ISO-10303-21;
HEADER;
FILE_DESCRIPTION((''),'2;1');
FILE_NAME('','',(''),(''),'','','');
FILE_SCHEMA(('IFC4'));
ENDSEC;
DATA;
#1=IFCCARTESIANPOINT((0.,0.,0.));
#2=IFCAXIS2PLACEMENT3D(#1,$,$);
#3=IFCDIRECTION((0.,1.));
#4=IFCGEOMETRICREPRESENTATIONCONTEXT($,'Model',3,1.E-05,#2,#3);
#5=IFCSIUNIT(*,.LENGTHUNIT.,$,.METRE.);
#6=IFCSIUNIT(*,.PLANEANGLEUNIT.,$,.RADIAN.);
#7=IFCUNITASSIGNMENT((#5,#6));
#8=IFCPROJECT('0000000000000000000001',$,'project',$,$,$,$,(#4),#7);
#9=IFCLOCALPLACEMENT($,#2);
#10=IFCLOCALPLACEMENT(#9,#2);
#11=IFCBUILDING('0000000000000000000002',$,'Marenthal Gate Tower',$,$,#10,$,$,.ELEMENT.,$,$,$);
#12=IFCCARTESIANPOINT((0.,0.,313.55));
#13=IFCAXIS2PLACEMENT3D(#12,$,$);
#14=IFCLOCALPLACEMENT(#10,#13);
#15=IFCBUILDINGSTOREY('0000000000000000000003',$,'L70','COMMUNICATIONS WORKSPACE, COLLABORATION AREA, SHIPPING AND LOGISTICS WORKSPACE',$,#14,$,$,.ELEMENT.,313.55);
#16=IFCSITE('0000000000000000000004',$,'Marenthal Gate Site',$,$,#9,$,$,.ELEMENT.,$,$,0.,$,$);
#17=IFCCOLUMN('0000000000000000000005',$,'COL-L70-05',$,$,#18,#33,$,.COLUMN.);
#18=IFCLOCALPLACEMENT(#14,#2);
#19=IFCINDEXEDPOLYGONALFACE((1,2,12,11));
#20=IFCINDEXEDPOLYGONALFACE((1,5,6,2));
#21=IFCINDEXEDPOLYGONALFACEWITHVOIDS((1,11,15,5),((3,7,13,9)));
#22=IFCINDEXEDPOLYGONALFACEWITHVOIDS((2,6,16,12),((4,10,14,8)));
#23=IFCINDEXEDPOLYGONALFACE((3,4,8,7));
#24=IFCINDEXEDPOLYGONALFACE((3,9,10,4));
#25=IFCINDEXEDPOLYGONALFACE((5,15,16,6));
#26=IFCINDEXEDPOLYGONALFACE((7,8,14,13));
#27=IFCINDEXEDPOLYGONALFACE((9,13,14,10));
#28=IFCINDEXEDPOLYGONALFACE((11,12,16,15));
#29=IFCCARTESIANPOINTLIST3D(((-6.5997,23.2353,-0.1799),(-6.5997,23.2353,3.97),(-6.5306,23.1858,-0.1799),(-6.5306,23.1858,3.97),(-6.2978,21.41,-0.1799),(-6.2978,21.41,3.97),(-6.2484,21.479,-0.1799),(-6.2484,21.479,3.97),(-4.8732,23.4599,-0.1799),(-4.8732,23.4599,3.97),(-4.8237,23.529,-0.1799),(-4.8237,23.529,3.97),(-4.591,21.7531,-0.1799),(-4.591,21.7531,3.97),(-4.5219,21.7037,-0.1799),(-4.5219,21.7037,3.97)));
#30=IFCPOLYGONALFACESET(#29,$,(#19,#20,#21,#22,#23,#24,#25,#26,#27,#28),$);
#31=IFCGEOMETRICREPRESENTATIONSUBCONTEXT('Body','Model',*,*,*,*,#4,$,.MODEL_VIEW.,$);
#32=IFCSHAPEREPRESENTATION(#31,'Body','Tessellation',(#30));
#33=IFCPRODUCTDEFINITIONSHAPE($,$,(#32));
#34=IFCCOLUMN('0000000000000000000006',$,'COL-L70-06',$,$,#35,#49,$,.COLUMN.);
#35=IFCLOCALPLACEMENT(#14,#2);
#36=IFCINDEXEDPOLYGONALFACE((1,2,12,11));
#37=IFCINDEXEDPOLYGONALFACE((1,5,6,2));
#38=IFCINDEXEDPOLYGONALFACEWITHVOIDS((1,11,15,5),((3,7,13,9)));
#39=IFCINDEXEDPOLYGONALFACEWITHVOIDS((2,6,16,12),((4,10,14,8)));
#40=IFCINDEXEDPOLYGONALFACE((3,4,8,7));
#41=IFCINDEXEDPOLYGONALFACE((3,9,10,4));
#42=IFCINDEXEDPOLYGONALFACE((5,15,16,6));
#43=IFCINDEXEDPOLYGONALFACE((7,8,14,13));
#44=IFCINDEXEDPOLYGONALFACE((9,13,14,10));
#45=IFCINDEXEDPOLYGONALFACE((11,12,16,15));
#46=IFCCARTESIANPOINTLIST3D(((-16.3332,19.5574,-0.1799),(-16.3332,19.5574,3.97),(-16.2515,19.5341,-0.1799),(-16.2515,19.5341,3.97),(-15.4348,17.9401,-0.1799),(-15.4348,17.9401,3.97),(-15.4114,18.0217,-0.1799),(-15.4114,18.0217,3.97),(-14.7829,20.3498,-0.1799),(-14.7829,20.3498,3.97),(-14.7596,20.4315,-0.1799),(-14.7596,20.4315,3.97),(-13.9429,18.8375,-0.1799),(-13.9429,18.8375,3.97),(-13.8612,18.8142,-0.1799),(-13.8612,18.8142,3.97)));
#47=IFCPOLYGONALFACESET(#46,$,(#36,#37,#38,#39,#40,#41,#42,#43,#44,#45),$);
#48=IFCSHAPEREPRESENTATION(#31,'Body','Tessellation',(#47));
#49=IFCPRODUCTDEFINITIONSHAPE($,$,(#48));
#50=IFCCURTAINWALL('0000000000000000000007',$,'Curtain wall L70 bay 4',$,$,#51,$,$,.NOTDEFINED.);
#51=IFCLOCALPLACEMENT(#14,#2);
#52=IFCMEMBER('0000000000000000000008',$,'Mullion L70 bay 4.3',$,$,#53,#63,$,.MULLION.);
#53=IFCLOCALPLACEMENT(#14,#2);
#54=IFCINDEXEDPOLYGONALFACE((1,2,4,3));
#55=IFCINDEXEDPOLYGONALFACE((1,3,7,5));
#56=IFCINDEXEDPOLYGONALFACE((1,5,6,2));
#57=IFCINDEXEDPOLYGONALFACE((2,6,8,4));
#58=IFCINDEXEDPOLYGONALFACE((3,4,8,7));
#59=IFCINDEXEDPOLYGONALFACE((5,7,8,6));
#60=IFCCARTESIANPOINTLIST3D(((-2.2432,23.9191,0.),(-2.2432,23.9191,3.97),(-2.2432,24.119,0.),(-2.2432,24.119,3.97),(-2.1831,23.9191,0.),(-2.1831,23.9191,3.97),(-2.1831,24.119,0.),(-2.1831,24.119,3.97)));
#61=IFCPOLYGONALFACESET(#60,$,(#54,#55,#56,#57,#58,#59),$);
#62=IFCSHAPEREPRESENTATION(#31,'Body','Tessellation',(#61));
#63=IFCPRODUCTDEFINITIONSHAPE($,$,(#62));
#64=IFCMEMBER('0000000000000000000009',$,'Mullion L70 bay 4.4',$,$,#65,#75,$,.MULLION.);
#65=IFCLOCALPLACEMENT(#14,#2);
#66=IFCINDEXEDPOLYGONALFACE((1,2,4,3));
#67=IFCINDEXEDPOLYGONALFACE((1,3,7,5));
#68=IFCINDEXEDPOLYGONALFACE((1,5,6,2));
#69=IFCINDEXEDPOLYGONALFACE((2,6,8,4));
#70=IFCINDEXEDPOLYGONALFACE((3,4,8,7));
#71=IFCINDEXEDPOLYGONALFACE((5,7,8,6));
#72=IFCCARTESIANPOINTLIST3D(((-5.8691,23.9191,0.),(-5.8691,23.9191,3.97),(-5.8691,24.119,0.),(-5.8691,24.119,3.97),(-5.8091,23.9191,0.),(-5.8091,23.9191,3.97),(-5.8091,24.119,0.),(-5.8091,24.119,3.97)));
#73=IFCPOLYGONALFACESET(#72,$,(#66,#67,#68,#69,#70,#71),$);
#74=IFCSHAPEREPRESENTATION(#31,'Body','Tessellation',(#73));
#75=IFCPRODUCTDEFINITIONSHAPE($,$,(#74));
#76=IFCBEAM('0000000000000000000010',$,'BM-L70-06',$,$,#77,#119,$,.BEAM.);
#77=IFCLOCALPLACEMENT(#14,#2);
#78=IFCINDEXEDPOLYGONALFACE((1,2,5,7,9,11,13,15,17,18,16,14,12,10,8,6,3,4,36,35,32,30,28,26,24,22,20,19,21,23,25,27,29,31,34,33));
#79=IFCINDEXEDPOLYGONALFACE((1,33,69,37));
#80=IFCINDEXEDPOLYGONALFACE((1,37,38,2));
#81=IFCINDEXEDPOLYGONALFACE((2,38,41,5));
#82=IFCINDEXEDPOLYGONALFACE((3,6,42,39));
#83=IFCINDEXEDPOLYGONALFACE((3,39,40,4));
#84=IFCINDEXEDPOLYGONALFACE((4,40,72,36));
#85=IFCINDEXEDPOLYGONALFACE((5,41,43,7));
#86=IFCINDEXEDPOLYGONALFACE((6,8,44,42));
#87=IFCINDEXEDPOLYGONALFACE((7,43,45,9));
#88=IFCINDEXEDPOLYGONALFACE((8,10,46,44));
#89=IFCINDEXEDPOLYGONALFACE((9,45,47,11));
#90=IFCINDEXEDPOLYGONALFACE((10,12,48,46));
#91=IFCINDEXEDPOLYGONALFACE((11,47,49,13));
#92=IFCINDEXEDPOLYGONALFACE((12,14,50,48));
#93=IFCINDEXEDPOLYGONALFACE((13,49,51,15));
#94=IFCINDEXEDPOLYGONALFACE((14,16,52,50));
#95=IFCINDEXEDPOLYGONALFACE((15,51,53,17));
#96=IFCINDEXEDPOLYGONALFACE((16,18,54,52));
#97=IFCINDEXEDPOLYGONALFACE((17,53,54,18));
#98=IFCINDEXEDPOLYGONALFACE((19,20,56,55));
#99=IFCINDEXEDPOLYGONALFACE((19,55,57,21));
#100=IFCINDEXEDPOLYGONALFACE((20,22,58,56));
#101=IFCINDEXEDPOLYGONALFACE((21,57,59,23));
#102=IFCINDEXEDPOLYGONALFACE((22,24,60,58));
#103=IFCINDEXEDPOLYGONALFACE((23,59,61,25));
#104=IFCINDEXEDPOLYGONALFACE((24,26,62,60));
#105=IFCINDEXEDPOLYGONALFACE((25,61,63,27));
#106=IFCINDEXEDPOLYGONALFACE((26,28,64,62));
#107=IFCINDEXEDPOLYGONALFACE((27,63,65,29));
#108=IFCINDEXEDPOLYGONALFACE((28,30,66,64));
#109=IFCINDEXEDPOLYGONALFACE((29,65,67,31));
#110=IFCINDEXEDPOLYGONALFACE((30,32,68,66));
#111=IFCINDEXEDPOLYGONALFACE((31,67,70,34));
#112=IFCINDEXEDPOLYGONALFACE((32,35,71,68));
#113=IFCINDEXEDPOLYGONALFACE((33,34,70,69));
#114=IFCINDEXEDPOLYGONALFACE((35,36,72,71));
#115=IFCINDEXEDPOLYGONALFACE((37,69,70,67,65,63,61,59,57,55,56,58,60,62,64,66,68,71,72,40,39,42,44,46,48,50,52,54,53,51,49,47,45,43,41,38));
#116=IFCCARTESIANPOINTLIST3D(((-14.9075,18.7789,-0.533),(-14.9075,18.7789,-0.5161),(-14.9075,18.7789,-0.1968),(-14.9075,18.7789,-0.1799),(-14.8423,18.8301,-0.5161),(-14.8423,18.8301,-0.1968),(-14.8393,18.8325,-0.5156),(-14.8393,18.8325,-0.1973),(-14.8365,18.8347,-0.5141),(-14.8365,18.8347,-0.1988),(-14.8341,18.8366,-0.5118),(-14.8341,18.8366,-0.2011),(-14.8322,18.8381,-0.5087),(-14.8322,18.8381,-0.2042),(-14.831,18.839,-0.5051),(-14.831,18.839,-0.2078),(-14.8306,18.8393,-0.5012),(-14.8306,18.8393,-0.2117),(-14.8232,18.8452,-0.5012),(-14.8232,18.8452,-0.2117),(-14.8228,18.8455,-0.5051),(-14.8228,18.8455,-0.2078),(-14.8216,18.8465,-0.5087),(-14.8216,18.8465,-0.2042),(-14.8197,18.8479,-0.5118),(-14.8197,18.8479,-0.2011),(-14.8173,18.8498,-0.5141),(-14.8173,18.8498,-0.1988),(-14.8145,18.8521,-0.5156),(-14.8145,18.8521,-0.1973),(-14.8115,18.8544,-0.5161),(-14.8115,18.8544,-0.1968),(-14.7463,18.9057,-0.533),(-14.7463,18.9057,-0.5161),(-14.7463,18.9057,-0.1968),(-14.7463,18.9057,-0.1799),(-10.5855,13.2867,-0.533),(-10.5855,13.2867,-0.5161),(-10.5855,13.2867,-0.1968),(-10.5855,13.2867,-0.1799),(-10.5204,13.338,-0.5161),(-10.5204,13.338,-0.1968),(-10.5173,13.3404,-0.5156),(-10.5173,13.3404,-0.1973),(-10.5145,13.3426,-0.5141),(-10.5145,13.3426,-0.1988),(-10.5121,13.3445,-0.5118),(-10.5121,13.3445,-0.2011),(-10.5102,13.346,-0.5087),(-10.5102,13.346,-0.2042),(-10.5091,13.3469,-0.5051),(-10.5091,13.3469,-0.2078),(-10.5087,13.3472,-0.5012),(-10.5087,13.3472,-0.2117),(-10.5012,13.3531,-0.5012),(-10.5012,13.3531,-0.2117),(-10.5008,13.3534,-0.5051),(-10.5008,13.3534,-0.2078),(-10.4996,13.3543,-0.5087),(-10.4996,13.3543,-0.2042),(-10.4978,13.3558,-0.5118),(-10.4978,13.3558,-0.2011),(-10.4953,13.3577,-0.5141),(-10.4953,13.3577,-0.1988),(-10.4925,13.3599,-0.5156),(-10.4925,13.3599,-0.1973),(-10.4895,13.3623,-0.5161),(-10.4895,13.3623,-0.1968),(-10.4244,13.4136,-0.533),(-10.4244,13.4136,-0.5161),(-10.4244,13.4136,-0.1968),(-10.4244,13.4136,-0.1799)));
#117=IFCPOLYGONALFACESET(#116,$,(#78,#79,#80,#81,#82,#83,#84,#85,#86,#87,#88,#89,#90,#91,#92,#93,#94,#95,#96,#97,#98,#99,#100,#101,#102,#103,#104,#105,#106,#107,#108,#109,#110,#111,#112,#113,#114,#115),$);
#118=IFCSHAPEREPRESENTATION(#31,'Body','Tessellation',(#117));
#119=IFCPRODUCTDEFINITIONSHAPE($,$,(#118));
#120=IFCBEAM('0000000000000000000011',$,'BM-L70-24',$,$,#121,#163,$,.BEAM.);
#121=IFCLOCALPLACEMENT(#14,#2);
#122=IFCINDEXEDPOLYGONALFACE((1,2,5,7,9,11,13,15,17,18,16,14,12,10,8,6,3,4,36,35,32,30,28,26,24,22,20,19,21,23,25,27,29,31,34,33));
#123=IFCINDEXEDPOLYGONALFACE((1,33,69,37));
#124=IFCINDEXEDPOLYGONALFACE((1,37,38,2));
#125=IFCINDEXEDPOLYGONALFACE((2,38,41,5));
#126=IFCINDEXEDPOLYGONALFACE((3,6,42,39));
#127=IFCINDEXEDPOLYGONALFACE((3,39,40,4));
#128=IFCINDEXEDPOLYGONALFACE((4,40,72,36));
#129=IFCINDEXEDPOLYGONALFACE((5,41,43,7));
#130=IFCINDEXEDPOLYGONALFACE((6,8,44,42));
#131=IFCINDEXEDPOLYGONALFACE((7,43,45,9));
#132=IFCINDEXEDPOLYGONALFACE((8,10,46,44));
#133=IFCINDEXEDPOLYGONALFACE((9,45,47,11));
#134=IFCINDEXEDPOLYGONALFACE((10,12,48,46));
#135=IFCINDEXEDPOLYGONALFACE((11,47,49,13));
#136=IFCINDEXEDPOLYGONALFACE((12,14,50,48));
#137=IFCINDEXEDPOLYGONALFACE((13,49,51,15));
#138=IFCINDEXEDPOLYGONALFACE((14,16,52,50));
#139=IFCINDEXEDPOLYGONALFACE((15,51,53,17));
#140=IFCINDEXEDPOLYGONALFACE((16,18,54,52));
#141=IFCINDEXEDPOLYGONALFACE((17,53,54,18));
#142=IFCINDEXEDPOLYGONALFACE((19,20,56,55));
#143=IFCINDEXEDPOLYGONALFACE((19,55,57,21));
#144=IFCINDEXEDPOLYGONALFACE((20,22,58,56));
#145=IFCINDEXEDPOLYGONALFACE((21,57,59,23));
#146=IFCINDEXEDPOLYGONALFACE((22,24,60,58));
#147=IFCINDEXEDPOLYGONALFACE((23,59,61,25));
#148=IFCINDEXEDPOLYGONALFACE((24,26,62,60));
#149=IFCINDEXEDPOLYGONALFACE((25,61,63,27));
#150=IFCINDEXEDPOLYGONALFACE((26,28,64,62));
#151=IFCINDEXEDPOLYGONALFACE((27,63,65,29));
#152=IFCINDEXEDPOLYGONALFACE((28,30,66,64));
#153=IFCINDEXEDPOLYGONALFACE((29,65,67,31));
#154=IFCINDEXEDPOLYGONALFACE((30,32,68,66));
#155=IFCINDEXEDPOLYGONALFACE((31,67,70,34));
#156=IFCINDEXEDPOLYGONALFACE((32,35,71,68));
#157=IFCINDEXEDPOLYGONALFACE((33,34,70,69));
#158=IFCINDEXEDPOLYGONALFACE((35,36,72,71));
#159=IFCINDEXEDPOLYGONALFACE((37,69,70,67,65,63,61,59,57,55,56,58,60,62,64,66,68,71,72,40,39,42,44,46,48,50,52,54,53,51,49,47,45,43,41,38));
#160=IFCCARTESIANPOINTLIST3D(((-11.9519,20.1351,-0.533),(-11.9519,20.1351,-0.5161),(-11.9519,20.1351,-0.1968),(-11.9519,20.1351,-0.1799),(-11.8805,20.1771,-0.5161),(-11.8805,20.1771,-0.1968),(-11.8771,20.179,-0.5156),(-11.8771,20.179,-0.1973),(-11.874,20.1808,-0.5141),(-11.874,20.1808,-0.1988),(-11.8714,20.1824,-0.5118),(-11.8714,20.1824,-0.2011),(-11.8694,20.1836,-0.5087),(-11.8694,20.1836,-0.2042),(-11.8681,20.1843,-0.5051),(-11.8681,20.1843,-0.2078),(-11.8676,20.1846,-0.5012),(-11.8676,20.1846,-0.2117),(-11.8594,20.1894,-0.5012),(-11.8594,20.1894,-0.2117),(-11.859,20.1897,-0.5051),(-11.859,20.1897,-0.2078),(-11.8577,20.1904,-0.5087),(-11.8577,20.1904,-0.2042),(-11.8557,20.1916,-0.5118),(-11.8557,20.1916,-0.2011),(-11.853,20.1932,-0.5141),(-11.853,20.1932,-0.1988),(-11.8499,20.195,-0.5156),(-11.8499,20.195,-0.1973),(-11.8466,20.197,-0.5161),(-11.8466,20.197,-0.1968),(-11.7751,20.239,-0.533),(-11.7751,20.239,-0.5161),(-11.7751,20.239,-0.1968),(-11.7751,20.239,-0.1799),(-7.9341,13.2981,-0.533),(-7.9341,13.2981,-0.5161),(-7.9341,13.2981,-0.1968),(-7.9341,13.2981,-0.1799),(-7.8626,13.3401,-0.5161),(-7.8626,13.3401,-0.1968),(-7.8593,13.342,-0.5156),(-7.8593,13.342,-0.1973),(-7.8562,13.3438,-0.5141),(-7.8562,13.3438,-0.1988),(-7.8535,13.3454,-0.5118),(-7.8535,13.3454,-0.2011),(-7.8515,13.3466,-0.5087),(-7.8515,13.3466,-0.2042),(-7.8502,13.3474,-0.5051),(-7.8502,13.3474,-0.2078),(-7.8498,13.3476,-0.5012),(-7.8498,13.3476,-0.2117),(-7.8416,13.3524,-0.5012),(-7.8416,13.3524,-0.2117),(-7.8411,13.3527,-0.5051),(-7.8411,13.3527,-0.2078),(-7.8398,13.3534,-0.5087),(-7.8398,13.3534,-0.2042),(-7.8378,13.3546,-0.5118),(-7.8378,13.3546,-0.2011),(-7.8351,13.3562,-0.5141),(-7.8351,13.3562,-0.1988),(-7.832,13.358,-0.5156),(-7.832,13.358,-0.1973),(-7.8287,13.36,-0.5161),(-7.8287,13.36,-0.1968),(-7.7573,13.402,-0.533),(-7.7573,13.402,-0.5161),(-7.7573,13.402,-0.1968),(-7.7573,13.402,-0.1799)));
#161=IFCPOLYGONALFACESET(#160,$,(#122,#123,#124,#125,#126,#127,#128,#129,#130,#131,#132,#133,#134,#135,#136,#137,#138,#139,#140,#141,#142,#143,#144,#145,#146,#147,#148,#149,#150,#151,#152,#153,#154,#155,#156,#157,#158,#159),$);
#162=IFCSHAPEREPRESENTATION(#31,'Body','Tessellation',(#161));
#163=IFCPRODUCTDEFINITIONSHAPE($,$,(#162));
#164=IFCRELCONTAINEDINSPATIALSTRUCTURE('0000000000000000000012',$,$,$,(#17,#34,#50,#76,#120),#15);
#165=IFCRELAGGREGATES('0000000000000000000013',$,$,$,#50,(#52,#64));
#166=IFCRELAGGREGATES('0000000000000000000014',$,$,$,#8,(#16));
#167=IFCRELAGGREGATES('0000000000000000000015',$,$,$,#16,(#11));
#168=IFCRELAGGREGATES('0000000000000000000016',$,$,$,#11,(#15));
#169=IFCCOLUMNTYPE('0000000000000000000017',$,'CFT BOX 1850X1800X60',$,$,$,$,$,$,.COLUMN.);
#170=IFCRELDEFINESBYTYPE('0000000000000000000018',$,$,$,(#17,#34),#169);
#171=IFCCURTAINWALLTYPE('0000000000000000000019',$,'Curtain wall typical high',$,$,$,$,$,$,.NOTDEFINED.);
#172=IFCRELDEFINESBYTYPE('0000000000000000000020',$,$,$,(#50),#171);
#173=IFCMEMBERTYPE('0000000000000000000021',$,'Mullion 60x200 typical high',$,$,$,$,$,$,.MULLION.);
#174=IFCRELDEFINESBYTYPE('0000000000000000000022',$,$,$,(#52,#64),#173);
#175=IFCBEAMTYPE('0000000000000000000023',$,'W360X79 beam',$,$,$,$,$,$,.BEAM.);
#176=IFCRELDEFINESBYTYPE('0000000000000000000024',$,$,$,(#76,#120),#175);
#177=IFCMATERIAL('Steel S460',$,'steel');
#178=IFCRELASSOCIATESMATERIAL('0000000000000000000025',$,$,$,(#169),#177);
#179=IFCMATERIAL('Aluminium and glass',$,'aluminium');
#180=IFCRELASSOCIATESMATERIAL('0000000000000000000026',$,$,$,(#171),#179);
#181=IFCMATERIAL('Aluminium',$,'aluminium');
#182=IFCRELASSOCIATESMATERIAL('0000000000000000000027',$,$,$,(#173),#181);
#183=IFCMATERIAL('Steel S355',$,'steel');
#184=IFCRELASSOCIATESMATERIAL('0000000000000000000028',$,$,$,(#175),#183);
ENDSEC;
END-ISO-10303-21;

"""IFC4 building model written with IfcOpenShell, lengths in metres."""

from ifc_helpers import new_model, si_unit, direction, frame, origin, origin_2d, place, context, subcontext, project, spatial, rectangle, hollow_rectangle, i_section, extrude, material, material_profile, profile_set, type_object, element, aggregate, save


model = new_model("IFC4")

# Units and contexts
model_context = context("Model", 3, precision=1e-05, world=origin(), true_north=direction((0.0, 1.0)))
body_context = subcontext(model_context, "Body", "Model", "MODEL_VIEW")
ifc_project = project(units=[si_unit("LENGTHUNIT", "METRE"), si_unit("PLANEANGLEUNIT", "RADIAN")], contexts=[model_context])

# Site, building, storey
site_placement = place(None, origin())
site = spatial("IfcSite", under=ifc_project, at=site_placement, Name="Marenthal Gate Site", CompositionType="ELEMENT", RefElevation=0.0)
building_placement = place(site_placement, origin())
building = spatial("IfcBuilding", under=site, at=building_placement, Name="Marenthal Gate Tower", CompositionType="ELEMENT")
storey_placement = place(building_placement, frame((0.0, 0.0, 313.55)))
storey = spatial("IfcBuildingStorey", under=building, at=storey_placement, Name="L70", Description="COMMUNICATIONS WORKSPACE, COLLABORATION AREA, SHIPPING AND LOGISTICS WORKSPACE", CompositionType="ELEMENT", Elevation=313.55)

# Columns
ifc_material_1 = material(Name="Steel S460", Category="steel")
ifc_material_profile_1 = material_profile(ifc_material_1, hollow_rectangle(XDim=1.8, YDim=1.8501, WallThickness=0.0601, at=origin_2d()), Name="CFT BOX 1850X1800X60")
ifc_material_2 = material(Name="Concrete 70 MPa", Category="concrete")
ifc_material_profile_2 = material_profile(ifc_material_2, rectangle(XDim=1.6799, YDim=1.73, at=origin_2d()), Name="CFT BOX 1850X1800X60 INFILL")
ifc_profile_set_1 = profile_set([ifc_material_profile_1, ifc_material_profile_2], Name="Steel S460 shell, Concrete 70 MPa infill")
column_type = type_object("IfcColumnType", Name="CFT BOX 1850X1800X60", PredefinedType="COLUMN", material=ifc_profile_set_1)
for number, where, z_axis, x_axis, name in (
    (1, (-5.5608, 22.4695, -0.1799), (0.0, 0.0, 1.0), (0.986602, 0.163147, 0.0), "COL-L70-05"),
    (2, (-15.0972, 19.1858, -0.1799), (0.0, 0.0, 1.0), (0.874186, 0.485591, 0.0), "COL-L70-06"),
):
    element("IfcColumn", number, at=place(storey_placement, frame(where, z_axis=z_axis, x_axis=x_axis)), inside=storey, type_object=column_type, Name=name, PredefinedType="COLUMN", context=body_context, shape_type="SweptSolid", body=[
        extrude(hollow_rectangle(XDim=1.8, YDim=1.8501, WallThickness=0.0601, at=origin_2d()), origin(), (0.0, 0.0, 1.0), 4.1499),
    ])

# Curtain wall, members
ifc_material_3 = material(Name="Aluminium and glass", Category="aluminium")
curtain_wall_type = type_object("IfcCurtainWallType", Name="Curtain wall typical high", PredefinedType="NOTDEFINED", material=ifc_material_3)
curtain_wall_placement = place(storey_placement, origin())
curtain_wall = element("IfcCurtainWall", 3, at=curtain_wall_placement, inside=storey, type_object=curtain_wall_type, Name="Curtain wall L70 bay 4", PredefinedType="NOTDEFINED")
ifc_material_4 = material(Name="Aluminium", Category="aluminium")
ifc_material_profile_3 = material_profile(ifc_material_4, rectangle(XDim=0.2, YDim=0.0601, at=origin_2d()), Name="60x200 aluminium mullion")
ifc_profile_set_2 = profile_set([ifc_material_profile_3], Name="Aluminium")
member_type = type_object("IfcMemberType", Name="Mullion 60x200 typical high", PredefinedType="MULLION", material=ifc_profile_set_2)
member_1_placement = place(storey_placement, frame((-2.2131, 24.019, 0.0), z_axis=(0.0, 0.0, 1.0), x_axis=(0.0, -1.0, 0.0)))
member_1 = element("IfcMember", 4, at=member_1_placement, type_object=member_type, Name="Mullion L70 bay 4.3", PredefinedType="MULLION", context=body_context, shape_type="SweptSolid", body=[
    extrude(rectangle(XDim=0.2, YDim=0.0601, at=origin_2d()), origin(), (0.0, 0.0, 1.0), 3.97),
])
member_2_placement = place(storey_placement, frame((-5.8391, 24.019, 0.0), z_axis=(0.0, 0.0, 1.0), x_axis=(0.0, -1.0, 0.0)))
member_2 = element("IfcMember", 5, at=member_2_placement, type_object=member_type, Name="Mullion L70 bay 4.4", PredefinedType="MULLION", context=body_context, shape_type="SweptSolid", body=[
    extrude(rectangle(XDim=0.2, YDim=0.0601, at=origin_2d()), origin(), (0.0, 0.0, 1.0), 3.97),
])

# Beams
ifc_material_5 = material(Name="Steel S355", Category="steel")
ifc_material_profile_4 = material_profile(ifc_material_5, i_section(OverallWidth=0.2051, OverallDepth=0.353, WebThickness=0.0095, FlangeThickness=0.0168, FilletRadius=0.0149, at=origin_2d()), Name="W360X79")
ifc_profile_set_3 = profile_set([ifc_material_profile_4], Name="Steel S355")
beam_type_1 = type_object("IfcBeamType", Name="W360X79 beam", PredefinedType="BEAM", material=ifc_profile_set_3)
beam_1_placement = place(storey_placement, frame((-14.8269, 18.8423, -0.3564), z_axis=(0.618417, -0.78585, 0.0), x_axis=(0.78585, 0.618417, 0.0)))
element("IfcBeam", 6, at=beam_1_placement, inside=storey, type_object=beam_type_1, Name="BM-L70-06", PredefinedType="BEAM", context=body_context, shape_type="SweptSolid", body=[
    extrude(i_section(OverallWidth=0.2051, OverallDepth=0.353, WebThickness=0.0095, FlangeThickness=0.0168, FilletRadius=0.0149, at=origin_2d()), origin(), (0.0, 0.0, 1.0), 6.9888),
])
beam_2_placement = place(storey_placement, frame((-11.8635, 20.187, -0.3564), z_axis=(0.506655, -0.862149, 0.0), x_axis=(0.862149, 0.506655, 0.0)))
element("IfcBeam", 7, at=beam_2_placement, inside=storey, type_object=beam_type_1, Name="BM-L70-24", PredefinedType="BEAM", context=body_context, shape_type="SweptSolid", body=[
    extrude(i_section(OverallWidth=0.2051, OverallDepth=0.353, WebThickness=0.0095, FlangeThickness=0.0168, FilletRadius=0.0149, at=origin_2d()), origin(), (0.0, 0.0, 1.0), 7.9302),
])

aggregate(curtain_wall, [member_1, member_2])

save(model, "model.ifc")
